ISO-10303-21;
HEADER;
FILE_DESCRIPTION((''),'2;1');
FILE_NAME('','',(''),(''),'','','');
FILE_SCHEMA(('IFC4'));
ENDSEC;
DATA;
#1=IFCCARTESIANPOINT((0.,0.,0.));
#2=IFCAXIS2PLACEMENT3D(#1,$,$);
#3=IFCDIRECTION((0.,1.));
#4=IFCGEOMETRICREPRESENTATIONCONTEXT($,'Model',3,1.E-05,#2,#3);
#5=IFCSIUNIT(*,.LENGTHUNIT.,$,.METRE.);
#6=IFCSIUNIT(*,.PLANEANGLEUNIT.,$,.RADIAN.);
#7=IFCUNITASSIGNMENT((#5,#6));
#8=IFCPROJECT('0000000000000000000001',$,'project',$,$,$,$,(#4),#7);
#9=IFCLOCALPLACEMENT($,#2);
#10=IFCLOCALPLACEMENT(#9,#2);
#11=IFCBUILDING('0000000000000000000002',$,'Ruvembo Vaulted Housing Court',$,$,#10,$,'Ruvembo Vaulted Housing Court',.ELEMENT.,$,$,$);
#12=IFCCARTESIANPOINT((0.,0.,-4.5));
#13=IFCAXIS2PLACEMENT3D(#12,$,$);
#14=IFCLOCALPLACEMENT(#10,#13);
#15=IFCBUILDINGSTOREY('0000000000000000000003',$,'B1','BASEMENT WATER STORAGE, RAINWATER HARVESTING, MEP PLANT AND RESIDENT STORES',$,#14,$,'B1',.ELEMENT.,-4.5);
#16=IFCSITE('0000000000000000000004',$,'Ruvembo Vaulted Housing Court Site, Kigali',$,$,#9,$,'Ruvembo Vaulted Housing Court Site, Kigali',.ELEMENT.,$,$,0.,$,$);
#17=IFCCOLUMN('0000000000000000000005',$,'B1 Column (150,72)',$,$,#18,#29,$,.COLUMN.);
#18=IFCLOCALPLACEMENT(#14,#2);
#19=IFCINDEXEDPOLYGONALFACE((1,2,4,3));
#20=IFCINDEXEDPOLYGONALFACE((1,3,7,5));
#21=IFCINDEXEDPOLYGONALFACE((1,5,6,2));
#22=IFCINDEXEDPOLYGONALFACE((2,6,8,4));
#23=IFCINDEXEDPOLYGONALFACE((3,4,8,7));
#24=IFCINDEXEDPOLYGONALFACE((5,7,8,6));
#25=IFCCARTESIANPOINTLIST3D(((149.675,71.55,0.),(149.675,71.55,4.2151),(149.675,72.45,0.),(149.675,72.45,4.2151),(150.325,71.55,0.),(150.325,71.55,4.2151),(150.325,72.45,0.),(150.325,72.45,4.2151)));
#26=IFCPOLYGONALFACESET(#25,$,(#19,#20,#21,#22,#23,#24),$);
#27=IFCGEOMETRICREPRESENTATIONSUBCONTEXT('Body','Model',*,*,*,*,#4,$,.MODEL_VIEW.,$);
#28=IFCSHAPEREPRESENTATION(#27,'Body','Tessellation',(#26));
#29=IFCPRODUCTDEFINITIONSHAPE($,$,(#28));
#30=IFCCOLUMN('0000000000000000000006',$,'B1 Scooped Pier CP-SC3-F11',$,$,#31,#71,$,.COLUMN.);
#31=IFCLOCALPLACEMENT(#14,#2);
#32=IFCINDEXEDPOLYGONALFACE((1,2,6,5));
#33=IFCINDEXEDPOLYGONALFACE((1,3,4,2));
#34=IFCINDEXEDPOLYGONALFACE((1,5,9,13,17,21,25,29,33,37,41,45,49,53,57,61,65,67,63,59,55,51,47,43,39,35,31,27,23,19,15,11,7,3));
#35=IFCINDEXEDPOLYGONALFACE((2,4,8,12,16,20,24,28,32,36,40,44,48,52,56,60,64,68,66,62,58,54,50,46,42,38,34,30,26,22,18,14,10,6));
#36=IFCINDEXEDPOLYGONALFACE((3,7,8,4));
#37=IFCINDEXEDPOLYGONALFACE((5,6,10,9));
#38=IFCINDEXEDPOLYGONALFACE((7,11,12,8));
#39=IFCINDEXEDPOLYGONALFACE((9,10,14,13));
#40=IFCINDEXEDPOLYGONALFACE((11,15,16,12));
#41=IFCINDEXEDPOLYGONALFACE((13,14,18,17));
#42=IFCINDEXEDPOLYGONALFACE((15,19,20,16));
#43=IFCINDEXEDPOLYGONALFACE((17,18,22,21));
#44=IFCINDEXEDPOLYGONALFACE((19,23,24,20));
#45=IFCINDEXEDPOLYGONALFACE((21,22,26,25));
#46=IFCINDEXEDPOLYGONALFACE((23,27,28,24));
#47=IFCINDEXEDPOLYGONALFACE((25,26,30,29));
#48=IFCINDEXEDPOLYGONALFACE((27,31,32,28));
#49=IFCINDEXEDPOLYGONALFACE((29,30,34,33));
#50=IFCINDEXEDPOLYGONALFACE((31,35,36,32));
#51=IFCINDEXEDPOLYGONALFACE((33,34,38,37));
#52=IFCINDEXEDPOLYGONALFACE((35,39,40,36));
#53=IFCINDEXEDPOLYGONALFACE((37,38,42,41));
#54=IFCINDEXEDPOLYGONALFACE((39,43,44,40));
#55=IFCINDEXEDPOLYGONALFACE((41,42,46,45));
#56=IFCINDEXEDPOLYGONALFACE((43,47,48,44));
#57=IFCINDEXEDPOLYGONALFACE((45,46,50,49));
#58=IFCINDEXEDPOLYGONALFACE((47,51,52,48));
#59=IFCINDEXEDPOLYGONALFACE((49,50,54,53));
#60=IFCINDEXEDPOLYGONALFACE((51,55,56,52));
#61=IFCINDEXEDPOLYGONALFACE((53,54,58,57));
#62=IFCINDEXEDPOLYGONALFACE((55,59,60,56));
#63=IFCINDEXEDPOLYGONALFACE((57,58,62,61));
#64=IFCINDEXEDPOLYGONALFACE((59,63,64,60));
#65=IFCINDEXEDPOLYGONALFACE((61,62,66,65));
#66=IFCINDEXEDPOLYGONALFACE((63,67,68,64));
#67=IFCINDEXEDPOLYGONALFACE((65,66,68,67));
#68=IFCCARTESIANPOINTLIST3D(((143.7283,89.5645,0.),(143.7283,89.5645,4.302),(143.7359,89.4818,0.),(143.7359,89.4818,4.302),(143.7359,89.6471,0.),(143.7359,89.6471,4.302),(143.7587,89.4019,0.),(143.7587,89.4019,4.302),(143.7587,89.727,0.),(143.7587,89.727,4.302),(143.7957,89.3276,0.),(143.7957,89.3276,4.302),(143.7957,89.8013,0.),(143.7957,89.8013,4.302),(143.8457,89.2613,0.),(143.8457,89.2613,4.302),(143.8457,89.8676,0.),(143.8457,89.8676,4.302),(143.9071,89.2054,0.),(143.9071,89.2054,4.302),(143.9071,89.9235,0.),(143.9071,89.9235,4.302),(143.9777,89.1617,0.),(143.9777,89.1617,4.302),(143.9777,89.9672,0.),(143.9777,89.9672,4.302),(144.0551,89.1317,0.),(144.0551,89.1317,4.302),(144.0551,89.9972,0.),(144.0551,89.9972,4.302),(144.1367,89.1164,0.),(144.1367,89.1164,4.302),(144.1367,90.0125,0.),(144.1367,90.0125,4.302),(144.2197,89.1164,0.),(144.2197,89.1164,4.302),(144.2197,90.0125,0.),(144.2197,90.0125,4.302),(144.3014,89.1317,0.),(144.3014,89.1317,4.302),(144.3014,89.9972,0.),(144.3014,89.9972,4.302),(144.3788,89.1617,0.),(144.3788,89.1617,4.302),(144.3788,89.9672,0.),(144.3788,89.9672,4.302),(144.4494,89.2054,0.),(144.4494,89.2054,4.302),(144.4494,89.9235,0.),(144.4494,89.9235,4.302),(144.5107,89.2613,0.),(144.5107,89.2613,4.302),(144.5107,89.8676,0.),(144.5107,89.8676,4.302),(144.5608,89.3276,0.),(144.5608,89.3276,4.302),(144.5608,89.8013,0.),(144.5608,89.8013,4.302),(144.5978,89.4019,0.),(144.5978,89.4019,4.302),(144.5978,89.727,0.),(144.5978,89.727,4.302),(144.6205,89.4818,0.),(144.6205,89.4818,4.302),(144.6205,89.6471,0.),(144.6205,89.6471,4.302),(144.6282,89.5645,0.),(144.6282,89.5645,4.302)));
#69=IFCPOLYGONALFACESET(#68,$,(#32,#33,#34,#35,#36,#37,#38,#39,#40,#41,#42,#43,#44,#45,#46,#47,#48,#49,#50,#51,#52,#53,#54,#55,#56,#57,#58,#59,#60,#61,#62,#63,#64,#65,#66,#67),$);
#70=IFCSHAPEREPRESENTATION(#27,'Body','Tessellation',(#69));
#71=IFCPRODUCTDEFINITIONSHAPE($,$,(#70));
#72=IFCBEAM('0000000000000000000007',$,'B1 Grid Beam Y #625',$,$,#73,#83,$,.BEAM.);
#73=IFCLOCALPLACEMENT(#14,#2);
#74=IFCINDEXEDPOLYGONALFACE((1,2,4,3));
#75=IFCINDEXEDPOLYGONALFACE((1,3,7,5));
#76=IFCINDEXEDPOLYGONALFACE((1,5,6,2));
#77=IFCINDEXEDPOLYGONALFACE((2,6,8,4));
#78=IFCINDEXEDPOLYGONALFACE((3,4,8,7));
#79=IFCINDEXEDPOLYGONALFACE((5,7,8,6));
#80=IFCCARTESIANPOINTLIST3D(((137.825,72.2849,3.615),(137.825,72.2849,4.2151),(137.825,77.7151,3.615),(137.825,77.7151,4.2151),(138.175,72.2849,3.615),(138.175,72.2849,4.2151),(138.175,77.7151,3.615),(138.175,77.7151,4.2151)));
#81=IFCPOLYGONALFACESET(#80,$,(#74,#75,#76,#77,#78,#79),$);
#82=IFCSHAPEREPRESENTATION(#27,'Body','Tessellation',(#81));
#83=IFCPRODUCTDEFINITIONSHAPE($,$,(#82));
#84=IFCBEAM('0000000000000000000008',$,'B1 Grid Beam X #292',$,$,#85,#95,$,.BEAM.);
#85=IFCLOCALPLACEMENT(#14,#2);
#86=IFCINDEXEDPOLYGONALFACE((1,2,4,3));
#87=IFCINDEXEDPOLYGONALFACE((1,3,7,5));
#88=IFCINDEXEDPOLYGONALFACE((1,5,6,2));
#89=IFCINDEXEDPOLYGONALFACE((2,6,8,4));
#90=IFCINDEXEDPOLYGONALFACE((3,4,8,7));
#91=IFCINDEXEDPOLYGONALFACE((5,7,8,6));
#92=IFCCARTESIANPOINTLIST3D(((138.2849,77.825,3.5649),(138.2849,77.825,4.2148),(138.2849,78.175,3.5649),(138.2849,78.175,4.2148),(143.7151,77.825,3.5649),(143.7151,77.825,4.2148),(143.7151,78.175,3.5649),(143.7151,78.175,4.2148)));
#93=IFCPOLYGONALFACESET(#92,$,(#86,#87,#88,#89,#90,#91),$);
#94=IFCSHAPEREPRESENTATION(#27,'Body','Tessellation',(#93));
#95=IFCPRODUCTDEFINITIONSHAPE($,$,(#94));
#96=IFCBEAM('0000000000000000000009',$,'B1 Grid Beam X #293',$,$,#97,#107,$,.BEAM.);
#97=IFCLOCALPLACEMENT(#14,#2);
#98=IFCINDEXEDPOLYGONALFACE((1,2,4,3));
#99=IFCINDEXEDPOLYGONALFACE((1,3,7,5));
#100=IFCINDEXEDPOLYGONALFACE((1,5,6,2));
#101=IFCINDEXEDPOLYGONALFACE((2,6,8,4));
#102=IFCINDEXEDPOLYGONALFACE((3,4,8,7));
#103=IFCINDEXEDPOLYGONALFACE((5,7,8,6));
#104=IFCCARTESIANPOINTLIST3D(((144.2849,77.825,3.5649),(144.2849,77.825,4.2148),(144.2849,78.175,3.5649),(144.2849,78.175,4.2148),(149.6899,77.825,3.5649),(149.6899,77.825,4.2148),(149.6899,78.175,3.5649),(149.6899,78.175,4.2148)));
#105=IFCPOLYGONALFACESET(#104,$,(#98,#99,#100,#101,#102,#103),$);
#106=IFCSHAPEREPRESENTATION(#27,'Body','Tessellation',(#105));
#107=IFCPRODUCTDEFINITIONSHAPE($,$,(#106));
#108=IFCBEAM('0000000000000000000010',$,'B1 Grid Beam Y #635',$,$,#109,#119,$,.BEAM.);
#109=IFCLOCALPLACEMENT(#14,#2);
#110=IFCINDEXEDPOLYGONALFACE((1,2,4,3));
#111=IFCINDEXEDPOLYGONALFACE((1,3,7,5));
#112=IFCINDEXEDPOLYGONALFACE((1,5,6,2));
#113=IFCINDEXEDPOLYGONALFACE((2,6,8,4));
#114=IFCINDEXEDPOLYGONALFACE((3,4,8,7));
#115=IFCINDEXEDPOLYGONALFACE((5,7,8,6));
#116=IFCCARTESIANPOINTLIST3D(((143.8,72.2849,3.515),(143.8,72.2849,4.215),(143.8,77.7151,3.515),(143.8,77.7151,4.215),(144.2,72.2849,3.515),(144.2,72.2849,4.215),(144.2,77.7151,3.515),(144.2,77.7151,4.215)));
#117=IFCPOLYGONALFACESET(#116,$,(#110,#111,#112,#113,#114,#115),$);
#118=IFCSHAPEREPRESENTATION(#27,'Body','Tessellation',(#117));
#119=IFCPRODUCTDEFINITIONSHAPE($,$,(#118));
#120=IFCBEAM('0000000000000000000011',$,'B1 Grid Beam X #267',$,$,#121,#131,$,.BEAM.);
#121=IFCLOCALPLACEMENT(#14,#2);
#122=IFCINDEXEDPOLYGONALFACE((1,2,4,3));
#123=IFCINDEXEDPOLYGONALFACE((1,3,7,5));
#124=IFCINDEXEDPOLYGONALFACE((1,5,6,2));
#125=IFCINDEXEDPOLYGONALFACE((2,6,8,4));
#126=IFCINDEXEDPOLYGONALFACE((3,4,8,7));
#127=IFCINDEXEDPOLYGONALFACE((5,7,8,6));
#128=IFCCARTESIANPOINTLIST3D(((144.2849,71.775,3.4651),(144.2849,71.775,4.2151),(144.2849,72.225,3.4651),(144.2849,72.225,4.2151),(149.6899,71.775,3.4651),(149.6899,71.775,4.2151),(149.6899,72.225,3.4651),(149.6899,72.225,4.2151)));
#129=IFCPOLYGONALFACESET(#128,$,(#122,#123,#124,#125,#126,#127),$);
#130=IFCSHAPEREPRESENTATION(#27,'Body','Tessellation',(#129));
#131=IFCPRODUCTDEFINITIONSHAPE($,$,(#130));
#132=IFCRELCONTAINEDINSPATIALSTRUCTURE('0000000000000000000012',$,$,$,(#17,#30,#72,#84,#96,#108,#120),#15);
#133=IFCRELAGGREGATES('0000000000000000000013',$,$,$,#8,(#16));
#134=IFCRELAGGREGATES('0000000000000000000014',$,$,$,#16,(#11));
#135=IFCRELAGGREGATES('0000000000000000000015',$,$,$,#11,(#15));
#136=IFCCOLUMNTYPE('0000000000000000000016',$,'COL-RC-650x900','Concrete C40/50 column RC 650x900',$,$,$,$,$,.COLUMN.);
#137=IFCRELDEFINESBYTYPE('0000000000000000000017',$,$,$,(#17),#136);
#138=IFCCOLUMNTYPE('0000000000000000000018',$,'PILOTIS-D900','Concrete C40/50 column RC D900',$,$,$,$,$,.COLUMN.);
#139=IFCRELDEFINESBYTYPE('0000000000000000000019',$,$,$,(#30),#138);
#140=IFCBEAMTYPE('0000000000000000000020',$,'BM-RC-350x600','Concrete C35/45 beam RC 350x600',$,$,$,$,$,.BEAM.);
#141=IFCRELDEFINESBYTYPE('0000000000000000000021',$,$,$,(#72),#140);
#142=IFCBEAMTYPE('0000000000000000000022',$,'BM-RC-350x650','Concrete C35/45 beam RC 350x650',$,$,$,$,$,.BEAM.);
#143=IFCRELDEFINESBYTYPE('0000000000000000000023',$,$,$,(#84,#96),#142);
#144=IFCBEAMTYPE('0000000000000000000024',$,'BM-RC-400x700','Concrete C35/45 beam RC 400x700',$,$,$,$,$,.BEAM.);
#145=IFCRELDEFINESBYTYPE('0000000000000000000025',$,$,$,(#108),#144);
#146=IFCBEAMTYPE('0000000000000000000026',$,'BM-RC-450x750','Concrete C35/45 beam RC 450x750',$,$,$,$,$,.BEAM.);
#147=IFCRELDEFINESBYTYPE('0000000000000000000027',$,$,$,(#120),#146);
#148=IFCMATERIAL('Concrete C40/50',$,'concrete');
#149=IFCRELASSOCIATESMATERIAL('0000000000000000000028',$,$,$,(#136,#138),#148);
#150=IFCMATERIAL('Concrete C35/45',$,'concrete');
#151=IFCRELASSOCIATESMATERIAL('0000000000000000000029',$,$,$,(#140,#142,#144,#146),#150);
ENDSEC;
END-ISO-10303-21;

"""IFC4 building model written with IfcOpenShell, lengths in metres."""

from ifc_helpers import new_model, si_unit, direction, frame, origin, origin_2d, place, context, subcontext, project, spatial, rectangle, circle, extrude, material, material_profile, profile_set, type_object, element, save


model = new_model("IFC4")

# Units and contexts
model_context = context("Model", 3, precision=1e-05, world=origin(), true_north=direction((0.0, 1.0)))
body_context = subcontext(model_context, "Body", "Model", "MODEL_VIEW")
ifc_project = project(units=[si_unit("LENGTHUNIT", "METRE"), si_unit("PLANEANGLEUNIT", "RADIAN")], contexts=[model_context])

# Site, building, storey
site_placement = place(None, origin())
site = spatial("IfcSite", under=ifc_project, at=site_placement, Name="Ruvembo Vaulted Housing Court Site, Kigali", LongName="Ruvembo Vaulted Housing Court Site, Kigali", CompositionType="ELEMENT", RefElevation=0.0)
building_placement = place(site_placement, origin())
building = spatial("IfcBuilding", under=site, at=building_placement, Name="Ruvembo Vaulted Housing Court", LongName="Ruvembo Vaulted Housing Court", CompositionType="ELEMENT")
storey_placement = place(building_placement, frame((0.0, 0.0, -4.5)))
storey = spatial("IfcBuildingStorey", under=building, at=storey_placement, Name="B1", Description="BASEMENT WATER STORAGE, RAINWATER HARVESTING, MEP PLANT AND RESIDENT STORES", LongName="B1", CompositionType="ELEMENT", Elevation=-4.5)

# Shared definitions
ifc_material_1 = material(Name="Concrete C35/45", Category="concrete")

# Columns
ifc_material_2 = material(Name="Concrete C40/50", Category="concrete")
ifc_material_profile_1 = material_profile(ifc_material_2, rectangle(XDim=0.6499, YDim=0.8999, at=origin_2d()), Name="RC 650x900")
ifc_profile_set_1 = profile_set([ifc_material_profile_1], Name="Concrete C40/50")
column_type_1 = type_object("IfcColumnType", Name="COL-RC-650x900", Description="Concrete C40/50 column RC 650x900", PredefinedType="COLUMN", material=ifc_profile_set_1)
column_1_placement = place(storey_placement, frame((150.0, 72.0, 0.0), z_axis=(0.0, 0.0, 1.0), x_axis=(1.0, 0.0, 0.0)))
element("IfcColumn", 1, at=column_1_placement, inside=storey, type_object=column_type_1, Name="B1 Column (150,72)", PredefinedType="COLUMN", context=body_context, shape_type="SweptSolid", body=[
    extrude(rectangle(XDim=0.6499, YDim=0.8999, at=origin_2d()), origin(), (0.0, 0.0, 1.0), 4.2151),
])
ifc_material_profile_2 = material_profile(ifc_material_2, circle(Radius=0.45, at=origin_2d()), Name="RC D900")
ifc_profile_set_2 = profile_set([ifc_material_profile_2], Name="Concrete C40/50")
column_type_2 = type_object("IfcColumnType", Name="PILOTIS-D900", Description="Concrete C40/50 column RC D900", PredefinedType="COLUMN", material=ifc_profile_set_2)
column_2_placement = place(storey_placement, frame((144.1782, 89.5645, 0.0), z_axis=(0.0, 0.0, 1.0), x_axis=(1.0, 0.0, 0.0)))
element("IfcColumn", 2, at=column_2_placement, inside=storey, type_object=column_type_2, Name="B1 Scooped Pier CP-SC3-F11", PredefinedType="COLUMN", context=body_context, shape_type="SweptSolid", body=[
    extrude(circle(Radius=0.45, at=origin_2d()), origin(), (0.0, 0.0, 1.0), 4.302),
])

# Beams
ifc_material_profile_3 = material_profile(ifc_material_1, rectangle(XDim=0.3501, YDim=0.6001, at=origin_2d()), Name="RC 350x600")
ifc_profile_set_3 = profile_set([ifc_material_profile_3], Name="Concrete C35/45")
beam_type_1 = type_object("IfcBeamType", Name="BM-RC-350x600", Description="Concrete C35/45 beam RC 350x600", PredefinedType="BEAM", material=ifc_profile_set_3)
beam_1_placement = place(storey_placement, frame((138.0, 72.2849, 3.915), z_axis=(0.0, 1.0, 0.0), x_axis=(-1.0, 0.0, 0.0)))
element("IfcBeam", 3, at=beam_1_placement, inside=storey, type_object=beam_type_1, Name="B1 Grid Beam Y #625", PredefinedType="BEAM", context=body_context, shape_type="SweptSolid", body=[
    extrude(rectangle(XDim=0.3501, YDim=0.6001, at=origin_2d()), origin(), (0.0, 0.0, 1.0), 5.4302),
])
ifc_material_profile_4 = material_profile(ifc_material_1, rectangle(XDim=0.3501, YDim=0.6499, at=origin_2d()), Name="RC 350x650")
ifc_profile_set_4 = profile_set([ifc_material_profile_4], Name="Concrete C35/45")
beam_type_2 = type_object("IfcBeamType", Name="BM-RC-350x650", Description="Concrete C35/45 beam RC 350x650", PredefinedType="BEAM", material=ifc_profile_set_4)
beam_2_placement = place(storey_placement, frame((138.2849, 78.0, 3.8899), z_axis=(1.0, 0.0, 0.0), x_axis=(0.0, 1.0, 0.0)))
element("IfcBeam", 4, at=beam_2_placement, inside=storey, type_object=beam_type_2, Name="B1 Grid Beam X #292", PredefinedType="BEAM", context=body_context, shape_type="SweptSolid", body=[
    extrude(rectangle(XDim=0.3501, YDim=0.6499, at=origin_2d()), origin(), (0.0, 0.0, 1.0), 5.4302),
])
beam_3_placement = place(storey_placement, frame((144.2849, 78.0, 3.8899), z_axis=(1.0, 0.0, 0.0), x_axis=(0.0, 1.0, 0.0)))
element("IfcBeam", 5, at=beam_3_placement, inside=storey, type_object=beam_type_2, Name="B1 Grid Beam X #293", PredefinedType="BEAM", context=body_context, shape_type="SweptSolid", body=[
    extrude(rectangle(XDim=0.3501, YDim=0.6499, at=origin_2d()), origin(), (0.0, 0.0, 1.0), 5.405),
])
ifc_material_profile_5 = material_profile(ifc_material_1, rectangle(XDim=0.3999, YDim=0.7, at=origin_2d()), Name="RC 400x700")
ifc_profile_set_5 = profile_set([ifc_material_profile_5], Name="Concrete C35/45")
beam_type_3 = type_object("IfcBeamType", Name="BM-RC-400x700", Description="Concrete C35/45 beam RC 400x700", PredefinedType="BEAM", material=ifc_profile_set_5)
beam_4_placement = place(storey_placement, frame((144.0, 72.2849, 3.865), z_axis=(0.0, 1.0, 0.0), x_axis=(-1.0, 0.0, 0.0)))
element("IfcBeam", 6, at=beam_4_placement, inside=storey, type_object=beam_type_3, Name="B1 Grid Beam Y #635", PredefinedType="BEAM", context=body_context, shape_type="SweptSolid", body=[
    extrude(rectangle(XDim=0.3999, YDim=0.7, at=origin_2d()), origin(), (0.0, 0.0, 1.0), 5.4302),
])
ifc_material_profile_6 = material_profile(ifc_material_1, rectangle(XDim=0.45, YDim=0.75, at=origin_2d()), Name="RC 450x750")
ifc_profile_set_6 = profile_set([ifc_material_profile_6], Name="Concrete C35/45")
beam_type_4 = type_object("IfcBeamType", Name="BM-RC-450x750", Description="Concrete C35/45 beam RC 450x750", PredefinedType="BEAM", material=ifc_profile_set_6)
beam_5_placement = place(storey_placement, frame((144.2849, 72.0, 3.8401), z_axis=(1.0, 0.0, 0.0), x_axis=(0.0, 1.0, 0.0)))
element("IfcBeam", 7, at=beam_5_placement, inside=storey, type_object=beam_type_4, Name="B1 Grid Beam X #267", PredefinedType="BEAM", context=body_context, shape_type="SweptSolid", body=[
    extrude(rectangle(XDim=0.45, YDim=0.75, at=origin_2d()), origin(), (0.0, 0.0, 1.0), 5.405),
])

save(model, "model.ifc")
